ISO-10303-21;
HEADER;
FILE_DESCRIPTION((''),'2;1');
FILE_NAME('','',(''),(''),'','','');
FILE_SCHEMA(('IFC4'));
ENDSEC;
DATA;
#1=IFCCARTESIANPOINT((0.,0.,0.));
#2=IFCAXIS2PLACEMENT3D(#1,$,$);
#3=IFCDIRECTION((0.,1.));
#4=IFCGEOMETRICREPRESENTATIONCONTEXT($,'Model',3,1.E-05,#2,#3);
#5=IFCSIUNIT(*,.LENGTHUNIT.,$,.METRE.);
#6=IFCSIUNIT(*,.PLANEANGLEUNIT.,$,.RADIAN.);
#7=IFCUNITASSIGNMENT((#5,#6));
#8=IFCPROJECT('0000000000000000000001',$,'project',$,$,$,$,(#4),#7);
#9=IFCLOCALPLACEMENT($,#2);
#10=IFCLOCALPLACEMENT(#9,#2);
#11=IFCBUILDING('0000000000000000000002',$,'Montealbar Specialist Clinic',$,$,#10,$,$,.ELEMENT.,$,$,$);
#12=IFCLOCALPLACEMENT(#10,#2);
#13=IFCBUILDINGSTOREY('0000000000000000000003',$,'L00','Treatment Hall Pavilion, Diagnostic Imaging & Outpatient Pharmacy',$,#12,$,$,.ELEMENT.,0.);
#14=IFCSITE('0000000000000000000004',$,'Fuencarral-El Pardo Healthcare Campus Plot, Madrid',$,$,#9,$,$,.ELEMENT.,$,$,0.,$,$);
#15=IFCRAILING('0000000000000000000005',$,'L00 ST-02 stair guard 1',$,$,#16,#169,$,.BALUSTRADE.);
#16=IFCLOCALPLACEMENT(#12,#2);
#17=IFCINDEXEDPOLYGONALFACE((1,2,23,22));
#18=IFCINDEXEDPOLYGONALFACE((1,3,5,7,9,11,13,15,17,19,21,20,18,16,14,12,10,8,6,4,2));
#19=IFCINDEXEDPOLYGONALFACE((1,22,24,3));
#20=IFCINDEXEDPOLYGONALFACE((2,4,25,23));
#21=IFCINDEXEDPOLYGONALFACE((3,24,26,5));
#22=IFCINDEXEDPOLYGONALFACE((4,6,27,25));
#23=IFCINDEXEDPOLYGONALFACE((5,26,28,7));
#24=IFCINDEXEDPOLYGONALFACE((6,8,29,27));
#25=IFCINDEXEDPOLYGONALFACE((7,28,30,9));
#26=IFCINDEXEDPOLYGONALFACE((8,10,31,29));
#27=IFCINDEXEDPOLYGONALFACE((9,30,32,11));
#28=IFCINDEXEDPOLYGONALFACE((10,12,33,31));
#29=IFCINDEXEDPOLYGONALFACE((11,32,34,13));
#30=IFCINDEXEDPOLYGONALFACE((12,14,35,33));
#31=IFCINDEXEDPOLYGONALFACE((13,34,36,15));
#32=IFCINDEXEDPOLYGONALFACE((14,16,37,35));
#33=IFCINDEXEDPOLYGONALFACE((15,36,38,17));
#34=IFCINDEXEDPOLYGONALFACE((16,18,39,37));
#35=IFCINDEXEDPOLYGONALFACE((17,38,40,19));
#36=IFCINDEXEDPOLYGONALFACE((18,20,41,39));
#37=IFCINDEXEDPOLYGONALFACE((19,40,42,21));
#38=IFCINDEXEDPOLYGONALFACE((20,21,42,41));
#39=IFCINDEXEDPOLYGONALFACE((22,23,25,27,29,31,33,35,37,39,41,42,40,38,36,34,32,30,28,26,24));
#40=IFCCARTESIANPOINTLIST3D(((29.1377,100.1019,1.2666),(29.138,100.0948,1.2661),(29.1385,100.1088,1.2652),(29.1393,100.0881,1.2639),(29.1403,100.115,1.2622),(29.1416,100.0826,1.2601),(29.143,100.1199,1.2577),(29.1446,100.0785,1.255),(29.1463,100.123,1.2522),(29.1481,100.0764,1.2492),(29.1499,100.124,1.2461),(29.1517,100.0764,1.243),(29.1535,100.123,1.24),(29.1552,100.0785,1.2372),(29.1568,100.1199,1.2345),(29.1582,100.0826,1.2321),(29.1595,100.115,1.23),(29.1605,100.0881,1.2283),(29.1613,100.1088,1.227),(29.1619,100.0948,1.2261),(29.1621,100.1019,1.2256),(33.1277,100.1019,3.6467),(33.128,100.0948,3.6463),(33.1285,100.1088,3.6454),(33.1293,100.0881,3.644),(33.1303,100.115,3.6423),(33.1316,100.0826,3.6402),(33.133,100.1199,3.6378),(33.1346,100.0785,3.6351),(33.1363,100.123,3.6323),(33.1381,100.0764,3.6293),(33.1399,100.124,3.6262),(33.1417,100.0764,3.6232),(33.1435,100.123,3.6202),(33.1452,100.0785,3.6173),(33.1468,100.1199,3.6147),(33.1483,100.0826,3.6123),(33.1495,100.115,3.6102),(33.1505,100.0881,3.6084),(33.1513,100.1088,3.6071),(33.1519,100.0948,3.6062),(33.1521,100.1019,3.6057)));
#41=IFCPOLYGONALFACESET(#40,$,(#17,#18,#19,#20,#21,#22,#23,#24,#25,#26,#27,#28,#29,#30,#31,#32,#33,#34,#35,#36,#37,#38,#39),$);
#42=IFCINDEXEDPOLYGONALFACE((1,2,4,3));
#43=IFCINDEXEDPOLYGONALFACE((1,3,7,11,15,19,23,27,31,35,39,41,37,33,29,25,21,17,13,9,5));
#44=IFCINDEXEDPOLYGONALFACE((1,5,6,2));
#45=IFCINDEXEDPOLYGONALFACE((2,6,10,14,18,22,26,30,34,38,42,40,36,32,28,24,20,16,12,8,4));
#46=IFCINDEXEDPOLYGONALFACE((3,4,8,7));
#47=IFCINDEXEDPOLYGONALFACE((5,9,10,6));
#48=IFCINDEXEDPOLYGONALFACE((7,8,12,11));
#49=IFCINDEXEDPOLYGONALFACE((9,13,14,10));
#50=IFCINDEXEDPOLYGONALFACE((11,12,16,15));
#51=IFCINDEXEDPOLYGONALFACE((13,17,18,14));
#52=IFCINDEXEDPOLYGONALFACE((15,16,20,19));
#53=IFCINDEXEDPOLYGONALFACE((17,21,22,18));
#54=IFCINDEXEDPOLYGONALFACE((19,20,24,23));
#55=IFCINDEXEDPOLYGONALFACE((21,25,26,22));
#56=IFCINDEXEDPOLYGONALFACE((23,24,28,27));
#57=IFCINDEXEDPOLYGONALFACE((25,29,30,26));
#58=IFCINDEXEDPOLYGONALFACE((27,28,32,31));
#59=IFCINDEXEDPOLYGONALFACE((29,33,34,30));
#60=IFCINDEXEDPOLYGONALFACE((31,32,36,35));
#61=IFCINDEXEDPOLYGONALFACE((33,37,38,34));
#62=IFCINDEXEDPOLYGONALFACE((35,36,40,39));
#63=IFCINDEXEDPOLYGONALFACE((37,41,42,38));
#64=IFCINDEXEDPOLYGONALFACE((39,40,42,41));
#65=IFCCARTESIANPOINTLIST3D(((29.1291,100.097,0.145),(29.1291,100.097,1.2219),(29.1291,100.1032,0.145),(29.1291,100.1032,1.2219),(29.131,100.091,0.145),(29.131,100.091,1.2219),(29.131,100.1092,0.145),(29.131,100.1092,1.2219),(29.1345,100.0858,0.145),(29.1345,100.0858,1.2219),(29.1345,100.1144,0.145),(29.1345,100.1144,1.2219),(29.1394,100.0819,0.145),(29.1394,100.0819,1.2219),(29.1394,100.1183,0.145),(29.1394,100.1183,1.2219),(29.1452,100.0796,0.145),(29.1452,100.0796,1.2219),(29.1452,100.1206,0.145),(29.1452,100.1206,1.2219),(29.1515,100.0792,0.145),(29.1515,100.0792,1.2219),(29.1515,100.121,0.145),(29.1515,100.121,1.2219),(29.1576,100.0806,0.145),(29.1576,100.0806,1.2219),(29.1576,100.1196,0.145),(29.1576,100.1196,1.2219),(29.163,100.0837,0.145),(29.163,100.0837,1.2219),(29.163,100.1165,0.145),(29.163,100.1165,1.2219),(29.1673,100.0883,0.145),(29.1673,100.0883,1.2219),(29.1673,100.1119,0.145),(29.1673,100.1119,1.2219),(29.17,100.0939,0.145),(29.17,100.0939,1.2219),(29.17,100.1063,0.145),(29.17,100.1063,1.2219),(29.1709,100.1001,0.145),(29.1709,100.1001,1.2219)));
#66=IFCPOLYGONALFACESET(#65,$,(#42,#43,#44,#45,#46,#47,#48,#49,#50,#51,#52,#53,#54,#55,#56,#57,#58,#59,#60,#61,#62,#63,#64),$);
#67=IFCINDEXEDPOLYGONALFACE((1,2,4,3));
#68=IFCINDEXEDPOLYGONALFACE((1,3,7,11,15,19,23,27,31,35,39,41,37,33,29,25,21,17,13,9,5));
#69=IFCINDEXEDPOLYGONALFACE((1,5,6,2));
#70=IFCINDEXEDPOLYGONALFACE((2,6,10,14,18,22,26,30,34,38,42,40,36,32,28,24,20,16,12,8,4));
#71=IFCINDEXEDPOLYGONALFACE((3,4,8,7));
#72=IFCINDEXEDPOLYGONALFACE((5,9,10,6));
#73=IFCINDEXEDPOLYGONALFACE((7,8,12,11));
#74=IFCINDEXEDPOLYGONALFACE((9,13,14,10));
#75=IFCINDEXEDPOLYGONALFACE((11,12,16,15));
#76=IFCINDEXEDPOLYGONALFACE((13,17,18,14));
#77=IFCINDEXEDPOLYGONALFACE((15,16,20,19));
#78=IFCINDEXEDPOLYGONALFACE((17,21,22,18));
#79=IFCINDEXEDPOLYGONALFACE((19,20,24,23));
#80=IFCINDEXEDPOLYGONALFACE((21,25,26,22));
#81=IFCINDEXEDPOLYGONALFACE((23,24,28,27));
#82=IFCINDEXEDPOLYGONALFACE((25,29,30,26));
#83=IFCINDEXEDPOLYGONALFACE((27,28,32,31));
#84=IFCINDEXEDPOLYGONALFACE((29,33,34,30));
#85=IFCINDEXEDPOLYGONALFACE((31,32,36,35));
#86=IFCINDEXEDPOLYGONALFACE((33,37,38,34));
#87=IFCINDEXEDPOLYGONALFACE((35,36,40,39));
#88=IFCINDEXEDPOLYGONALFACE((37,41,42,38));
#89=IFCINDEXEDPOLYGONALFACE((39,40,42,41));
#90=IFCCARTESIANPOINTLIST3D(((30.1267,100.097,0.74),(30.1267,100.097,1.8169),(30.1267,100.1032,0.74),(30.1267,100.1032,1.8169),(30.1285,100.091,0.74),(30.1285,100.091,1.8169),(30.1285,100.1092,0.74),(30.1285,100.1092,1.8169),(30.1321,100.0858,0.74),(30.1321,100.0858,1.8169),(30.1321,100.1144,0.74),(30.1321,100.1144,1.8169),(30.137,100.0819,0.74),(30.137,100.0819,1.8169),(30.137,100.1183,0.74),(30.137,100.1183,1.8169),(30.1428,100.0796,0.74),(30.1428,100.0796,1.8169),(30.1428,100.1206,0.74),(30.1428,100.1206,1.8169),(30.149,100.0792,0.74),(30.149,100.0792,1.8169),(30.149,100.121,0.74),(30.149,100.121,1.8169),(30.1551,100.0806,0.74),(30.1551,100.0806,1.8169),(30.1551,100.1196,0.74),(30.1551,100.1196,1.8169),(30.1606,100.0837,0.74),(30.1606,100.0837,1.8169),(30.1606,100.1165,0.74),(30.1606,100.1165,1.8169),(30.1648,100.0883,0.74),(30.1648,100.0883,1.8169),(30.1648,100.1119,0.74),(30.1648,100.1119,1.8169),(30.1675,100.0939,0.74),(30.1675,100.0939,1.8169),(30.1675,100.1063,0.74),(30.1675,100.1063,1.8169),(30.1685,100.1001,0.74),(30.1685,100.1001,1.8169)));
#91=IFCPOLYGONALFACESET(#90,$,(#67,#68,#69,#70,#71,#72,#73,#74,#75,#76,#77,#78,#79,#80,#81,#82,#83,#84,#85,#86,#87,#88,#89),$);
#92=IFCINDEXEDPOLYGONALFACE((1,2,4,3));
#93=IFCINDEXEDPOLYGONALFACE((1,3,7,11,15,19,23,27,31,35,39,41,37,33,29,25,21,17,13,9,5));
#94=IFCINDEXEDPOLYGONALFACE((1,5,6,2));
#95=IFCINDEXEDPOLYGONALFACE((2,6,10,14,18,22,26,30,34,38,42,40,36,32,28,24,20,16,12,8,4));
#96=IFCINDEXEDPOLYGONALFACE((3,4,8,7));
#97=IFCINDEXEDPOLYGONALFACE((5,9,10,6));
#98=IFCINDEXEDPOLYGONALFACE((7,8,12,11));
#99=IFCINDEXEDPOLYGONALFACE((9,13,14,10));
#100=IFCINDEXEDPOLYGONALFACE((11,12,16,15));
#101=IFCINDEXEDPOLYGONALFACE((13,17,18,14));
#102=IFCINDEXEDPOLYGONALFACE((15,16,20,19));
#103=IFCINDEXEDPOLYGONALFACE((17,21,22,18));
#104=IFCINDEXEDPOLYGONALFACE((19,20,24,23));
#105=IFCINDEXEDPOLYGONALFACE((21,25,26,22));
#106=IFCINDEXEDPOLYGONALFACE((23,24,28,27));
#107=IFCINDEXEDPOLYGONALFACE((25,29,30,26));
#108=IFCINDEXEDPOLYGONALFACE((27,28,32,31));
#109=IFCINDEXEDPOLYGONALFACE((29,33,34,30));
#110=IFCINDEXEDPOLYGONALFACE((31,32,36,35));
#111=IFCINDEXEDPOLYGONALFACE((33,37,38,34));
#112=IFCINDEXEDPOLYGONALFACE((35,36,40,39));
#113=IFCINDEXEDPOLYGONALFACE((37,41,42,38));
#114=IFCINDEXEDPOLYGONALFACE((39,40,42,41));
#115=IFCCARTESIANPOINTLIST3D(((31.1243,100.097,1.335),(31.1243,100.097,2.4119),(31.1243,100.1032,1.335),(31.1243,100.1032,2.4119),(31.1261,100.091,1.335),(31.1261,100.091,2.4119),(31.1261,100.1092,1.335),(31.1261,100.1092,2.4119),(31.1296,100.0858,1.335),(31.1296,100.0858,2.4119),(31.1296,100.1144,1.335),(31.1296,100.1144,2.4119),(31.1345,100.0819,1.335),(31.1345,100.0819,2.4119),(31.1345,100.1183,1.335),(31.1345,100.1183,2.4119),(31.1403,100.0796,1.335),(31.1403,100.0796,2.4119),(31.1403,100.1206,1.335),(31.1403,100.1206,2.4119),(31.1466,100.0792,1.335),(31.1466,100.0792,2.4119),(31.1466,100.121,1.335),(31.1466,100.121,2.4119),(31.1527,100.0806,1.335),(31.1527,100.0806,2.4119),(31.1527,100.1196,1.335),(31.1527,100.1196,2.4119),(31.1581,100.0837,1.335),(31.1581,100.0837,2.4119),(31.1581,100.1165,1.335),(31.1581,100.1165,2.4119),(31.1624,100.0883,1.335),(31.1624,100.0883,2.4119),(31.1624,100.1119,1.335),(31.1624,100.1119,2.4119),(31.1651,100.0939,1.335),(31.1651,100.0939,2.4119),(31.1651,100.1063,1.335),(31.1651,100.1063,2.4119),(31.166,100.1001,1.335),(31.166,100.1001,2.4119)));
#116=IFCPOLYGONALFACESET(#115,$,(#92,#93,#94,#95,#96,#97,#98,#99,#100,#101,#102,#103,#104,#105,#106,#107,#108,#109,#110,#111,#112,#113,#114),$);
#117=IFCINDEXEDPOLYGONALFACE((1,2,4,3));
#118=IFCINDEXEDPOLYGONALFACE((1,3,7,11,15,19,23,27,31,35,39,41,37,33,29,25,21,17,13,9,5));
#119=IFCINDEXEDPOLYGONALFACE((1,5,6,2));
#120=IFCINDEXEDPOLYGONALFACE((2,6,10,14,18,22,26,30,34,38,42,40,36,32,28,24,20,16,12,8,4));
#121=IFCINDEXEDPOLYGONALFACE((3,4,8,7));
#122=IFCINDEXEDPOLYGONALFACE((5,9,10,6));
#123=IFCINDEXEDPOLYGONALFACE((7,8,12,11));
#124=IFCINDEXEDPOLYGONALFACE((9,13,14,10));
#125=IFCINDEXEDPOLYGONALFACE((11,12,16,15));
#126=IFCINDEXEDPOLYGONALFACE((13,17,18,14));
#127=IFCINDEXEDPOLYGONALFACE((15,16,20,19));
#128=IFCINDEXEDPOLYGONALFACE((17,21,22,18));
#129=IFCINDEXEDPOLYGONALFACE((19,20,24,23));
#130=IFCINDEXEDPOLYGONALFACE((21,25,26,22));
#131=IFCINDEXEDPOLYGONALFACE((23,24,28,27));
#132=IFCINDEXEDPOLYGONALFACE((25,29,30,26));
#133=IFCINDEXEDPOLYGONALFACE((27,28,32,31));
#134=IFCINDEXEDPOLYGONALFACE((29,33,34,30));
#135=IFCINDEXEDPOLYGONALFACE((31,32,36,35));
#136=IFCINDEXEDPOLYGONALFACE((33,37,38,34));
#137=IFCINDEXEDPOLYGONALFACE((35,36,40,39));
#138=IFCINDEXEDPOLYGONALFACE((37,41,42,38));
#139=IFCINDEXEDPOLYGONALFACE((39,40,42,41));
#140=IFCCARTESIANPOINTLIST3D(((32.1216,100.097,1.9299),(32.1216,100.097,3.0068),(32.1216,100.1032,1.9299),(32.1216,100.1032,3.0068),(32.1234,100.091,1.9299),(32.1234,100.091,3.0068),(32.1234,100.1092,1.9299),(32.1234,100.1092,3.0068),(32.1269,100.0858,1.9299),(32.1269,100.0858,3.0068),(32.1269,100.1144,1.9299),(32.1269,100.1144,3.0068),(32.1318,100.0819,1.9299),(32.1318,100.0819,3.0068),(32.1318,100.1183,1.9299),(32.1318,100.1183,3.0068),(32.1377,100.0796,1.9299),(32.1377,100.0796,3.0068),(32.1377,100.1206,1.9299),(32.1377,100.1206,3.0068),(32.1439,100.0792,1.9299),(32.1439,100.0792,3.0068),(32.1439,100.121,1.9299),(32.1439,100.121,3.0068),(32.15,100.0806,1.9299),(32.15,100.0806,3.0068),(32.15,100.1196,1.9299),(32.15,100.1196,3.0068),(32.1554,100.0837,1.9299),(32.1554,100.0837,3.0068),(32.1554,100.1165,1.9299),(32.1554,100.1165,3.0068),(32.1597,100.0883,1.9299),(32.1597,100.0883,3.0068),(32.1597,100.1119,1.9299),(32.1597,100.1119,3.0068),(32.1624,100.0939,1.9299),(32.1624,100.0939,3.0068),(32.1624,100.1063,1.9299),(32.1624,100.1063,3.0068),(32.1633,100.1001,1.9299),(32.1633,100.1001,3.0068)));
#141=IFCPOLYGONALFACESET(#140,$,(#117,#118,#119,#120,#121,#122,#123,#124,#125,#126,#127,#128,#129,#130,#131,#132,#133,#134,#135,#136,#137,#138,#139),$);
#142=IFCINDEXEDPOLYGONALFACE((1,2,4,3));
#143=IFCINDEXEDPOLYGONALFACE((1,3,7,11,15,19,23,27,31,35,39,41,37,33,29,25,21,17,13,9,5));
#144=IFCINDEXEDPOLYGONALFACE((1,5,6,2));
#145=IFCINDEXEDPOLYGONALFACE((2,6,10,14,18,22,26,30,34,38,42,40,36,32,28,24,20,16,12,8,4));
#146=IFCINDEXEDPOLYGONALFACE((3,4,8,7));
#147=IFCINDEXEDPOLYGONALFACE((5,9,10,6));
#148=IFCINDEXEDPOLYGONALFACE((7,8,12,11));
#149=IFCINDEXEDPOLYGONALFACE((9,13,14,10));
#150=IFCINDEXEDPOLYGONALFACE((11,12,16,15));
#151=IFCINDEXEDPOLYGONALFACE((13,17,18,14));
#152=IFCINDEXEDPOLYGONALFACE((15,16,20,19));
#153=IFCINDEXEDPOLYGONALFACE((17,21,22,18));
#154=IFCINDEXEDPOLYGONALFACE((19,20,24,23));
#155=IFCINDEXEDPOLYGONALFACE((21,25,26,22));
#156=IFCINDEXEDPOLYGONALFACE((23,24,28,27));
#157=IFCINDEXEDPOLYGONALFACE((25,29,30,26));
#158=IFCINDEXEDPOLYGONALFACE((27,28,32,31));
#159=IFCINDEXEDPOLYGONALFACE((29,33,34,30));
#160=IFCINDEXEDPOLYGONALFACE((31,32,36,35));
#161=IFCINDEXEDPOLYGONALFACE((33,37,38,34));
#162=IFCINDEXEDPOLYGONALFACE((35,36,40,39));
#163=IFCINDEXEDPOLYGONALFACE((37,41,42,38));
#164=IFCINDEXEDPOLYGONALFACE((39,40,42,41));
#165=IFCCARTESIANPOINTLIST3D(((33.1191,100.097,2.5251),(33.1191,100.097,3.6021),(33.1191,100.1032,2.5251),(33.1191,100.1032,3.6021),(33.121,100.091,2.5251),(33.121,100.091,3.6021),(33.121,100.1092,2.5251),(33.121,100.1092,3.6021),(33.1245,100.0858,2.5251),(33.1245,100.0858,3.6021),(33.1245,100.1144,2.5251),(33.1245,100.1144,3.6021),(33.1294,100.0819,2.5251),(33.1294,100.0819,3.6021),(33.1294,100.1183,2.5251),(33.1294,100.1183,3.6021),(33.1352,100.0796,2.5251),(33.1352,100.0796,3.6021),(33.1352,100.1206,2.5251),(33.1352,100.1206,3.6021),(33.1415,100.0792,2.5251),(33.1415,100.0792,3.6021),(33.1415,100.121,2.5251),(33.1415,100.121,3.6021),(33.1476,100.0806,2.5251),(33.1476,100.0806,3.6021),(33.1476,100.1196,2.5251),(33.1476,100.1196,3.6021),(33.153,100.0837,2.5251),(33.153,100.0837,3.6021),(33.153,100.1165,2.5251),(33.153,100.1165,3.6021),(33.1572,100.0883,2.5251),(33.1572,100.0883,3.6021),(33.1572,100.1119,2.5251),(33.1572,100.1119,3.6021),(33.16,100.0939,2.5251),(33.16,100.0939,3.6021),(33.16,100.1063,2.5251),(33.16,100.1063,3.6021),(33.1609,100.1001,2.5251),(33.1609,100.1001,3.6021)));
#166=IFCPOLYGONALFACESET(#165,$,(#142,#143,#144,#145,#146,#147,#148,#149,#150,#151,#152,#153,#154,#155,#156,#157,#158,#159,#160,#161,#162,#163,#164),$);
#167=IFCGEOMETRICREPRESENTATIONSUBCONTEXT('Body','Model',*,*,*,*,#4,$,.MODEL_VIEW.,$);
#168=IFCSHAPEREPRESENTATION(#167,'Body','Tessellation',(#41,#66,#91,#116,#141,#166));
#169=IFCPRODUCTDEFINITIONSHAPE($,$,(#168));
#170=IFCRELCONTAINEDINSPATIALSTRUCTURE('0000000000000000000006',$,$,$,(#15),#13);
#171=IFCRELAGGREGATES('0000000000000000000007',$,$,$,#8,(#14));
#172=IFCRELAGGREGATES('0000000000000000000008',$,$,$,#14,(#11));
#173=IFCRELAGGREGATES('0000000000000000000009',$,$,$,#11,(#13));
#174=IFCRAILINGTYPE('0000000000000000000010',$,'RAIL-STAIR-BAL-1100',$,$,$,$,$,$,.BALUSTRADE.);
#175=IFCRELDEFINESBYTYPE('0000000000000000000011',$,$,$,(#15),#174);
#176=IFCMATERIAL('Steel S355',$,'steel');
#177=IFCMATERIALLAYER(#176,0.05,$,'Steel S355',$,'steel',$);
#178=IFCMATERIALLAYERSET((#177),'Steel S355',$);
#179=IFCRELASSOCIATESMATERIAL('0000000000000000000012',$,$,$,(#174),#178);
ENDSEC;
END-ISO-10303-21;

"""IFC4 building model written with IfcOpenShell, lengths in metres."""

from ifc_helpers import new_model, si_unit, direction, frame, origin, origin_2d, place, context, subcontext, project, spatial, circle, extrude, material, layer, layer_set, type_object, element, save


model = new_model("IFC4")

# Units and contexts
model_context = context("Model", 3, precision=1e-05, world=origin(), true_north=direction((0.0, 1.0)))
body_context = subcontext(model_context, "Body", "Model", "MODEL_VIEW")
ifc_project = project(units=[si_unit("LENGTHUNIT", "METRE"), si_unit("PLANEANGLEUNIT", "RADIAN")], contexts=[model_context])

# Site, building, storey
site_placement = place(None, origin())
site = spatial("IfcSite", under=ifc_project, at=site_placement, Name="Fuencarral-El Pardo Healthcare Campus Plot, Madrid", CompositionType="ELEMENT", RefElevation=0.0)
building_placement = place(site_placement, origin())
building = spatial("IfcBuilding", under=site, at=building_placement, Name="Montealbar Specialist Clinic", CompositionType="ELEMENT")
storey_placement = place(building_placement, origin())
storey = spatial("IfcBuildingStorey", under=building, at=storey_placement, Name="L00", Description="Treatment Hall Pavilion, Diagnostic Imaging & Outpatient Pharmacy", CompositionType="ELEMENT", Elevation=0.0)

# Shared definitions
ifc_material_1 = material(Name="Steel S355", Category="steel")

# Railing
ifc_layer_1 = layer(ifc_material_1, 0.05, Name="Steel S355", Category="steel")
ifc_layer_set_1 = layer_set([ifc_layer_1], Name="Steel S355")
railing_type_1 = type_object("IfcRailingType", Name="RAIL-STAIR-BAL-1100", PredefinedType="BALUSTRADE", material=ifc_layer_set_1)
railing_1_placement = place(storey_placement, frame((29.1499, 100.1001, 0.1699)))
element("IfcRailing", 1, at=railing_1_placement, inside=storey, type_object=railing_type_1, Name="L00 ST-02 stair guard 1", PredefinedType="BALUSTRADE", context=body_context, shape_type="SweptSolid", body=[
    extrude(circle(Radius=0.0239, at=origin_2d()), frame((0.0, 0.0, 1.0762), z_axis=(0.858807, 0.0, 0.512299), x_axis=(0.0, 1.0, 0.0)), (0.0, 0.0, 1.0), 4.646),
    extrude(circle(Radius=0.021, at=origin_2d()), frame((0.0, 0.0, -0.0249)), (0.0, 0.0, 1.0), 1.0769),
    extrude(circle(Radius=0.021, at=origin_2d()), frame((0.9976, 0.0, 0.5701)), (0.0, 0.0, 1.0), 1.0769),
    extrude(circle(Radius=0.021, at=origin_2d()), frame((1.9951, 0.0, 1.165)), (0.0, 0.0, 1.0), 1.0769),
    extrude(circle(Radius=0.021, at=origin_2d()), frame((2.9924, 0.0, 1.76)), (0.0, 0.0, 1.0), 1.0769),
    extrude(circle(Radius=0.021, at=origin_2d()), frame((3.99, 0.0, 2.3552)), (0.0, 0.0, 1.0), 1.0769),
])

save(model, "model.ifc")
